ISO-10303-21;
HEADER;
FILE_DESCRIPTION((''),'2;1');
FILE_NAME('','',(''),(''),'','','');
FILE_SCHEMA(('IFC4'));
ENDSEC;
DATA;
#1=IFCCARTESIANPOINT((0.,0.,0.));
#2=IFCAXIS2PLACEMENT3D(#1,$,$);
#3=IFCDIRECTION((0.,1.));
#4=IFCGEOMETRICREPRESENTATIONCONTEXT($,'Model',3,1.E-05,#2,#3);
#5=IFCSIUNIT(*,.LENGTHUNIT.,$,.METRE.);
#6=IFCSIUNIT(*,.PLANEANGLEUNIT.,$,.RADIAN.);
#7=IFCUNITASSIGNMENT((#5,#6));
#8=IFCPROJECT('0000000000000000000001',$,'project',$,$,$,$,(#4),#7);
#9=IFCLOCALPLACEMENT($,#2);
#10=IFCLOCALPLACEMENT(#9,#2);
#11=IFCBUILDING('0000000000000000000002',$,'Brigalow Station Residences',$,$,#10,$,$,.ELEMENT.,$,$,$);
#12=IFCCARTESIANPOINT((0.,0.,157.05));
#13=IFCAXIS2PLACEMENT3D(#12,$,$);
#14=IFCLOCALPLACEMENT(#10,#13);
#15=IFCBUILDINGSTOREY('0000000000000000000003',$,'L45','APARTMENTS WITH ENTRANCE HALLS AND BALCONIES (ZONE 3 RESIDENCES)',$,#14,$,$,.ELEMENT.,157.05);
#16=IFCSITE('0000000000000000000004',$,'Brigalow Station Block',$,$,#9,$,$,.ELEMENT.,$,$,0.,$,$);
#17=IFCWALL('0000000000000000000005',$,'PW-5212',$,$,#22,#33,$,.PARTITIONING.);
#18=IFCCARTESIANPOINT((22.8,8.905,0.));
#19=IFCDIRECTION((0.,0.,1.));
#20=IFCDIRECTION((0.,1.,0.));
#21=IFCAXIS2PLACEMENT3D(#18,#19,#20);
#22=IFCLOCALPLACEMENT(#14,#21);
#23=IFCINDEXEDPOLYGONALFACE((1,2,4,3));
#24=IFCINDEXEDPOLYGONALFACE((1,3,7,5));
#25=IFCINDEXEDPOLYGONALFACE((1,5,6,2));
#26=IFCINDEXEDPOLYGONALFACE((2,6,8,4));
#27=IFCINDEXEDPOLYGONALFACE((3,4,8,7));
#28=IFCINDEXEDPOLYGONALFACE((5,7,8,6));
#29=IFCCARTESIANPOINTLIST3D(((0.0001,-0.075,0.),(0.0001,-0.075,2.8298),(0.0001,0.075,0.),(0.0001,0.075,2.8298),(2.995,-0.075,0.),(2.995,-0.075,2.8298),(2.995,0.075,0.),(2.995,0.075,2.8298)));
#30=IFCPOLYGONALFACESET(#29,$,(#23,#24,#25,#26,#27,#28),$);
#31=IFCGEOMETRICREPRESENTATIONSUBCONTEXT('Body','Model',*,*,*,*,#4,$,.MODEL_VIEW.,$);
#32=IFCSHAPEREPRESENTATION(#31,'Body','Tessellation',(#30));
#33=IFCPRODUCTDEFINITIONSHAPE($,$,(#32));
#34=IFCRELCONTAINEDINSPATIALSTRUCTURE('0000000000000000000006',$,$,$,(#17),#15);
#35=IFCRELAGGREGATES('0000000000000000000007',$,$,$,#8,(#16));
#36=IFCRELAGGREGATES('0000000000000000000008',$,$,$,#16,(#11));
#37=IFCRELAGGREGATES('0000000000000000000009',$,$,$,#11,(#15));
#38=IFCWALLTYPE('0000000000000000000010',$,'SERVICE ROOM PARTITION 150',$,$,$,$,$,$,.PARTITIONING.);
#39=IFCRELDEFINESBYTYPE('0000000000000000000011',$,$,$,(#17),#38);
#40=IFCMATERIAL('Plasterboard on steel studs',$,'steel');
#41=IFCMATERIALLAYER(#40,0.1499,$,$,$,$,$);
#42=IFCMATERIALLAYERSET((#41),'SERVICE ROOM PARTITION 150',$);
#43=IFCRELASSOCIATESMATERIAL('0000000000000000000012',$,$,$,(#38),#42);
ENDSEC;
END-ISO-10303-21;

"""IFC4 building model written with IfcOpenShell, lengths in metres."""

from ifc_helpers import new_model, si_unit, direction, frame, frame_2d, origin, place, context, subcontext, project, spatial, rectangle, extrude, material, layer, layer_set, type_object, element, save


model = new_model("IFC4")

# Units and contexts
model_context = context("Model", 3, precision=1e-05, world=origin(), true_north=direction((0.0, 1.0)))
body_context = subcontext(model_context, "Body", "Model", "MODEL_VIEW")
ifc_project = project(units=[si_unit("LENGTHUNIT", "METRE"), si_unit("PLANEANGLEUNIT", "RADIAN")], contexts=[model_context])

# Site, building, storey
site_placement = place(None, origin())
site = spatial("IfcSite", under=ifc_project, at=site_placement, Name="Brigalow Station Block", CompositionType="ELEMENT", RefElevation=0.0)
building_placement = place(site_placement, origin())
building = spatial("IfcBuilding", under=site, at=building_placement, Name="Brigalow Station Residences", CompositionType="ELEMENT")
storey_placement = place(building_placement, frame((0.0, 0.0, 157.05)))
storey = spatial("IfcBuildingStorey", under=building, at=storey_placement, Name="L45", Description="APARTMENTS WITH ENTRANCE HALLS AND BALCONIES (ZONE 3 RESIDENCES)", CompositionType="ELEMENT", Elevation=157.05)

# Shared definitions
ifc_material_1 = material(Name="Plasterboard on steel studs", Category="steel")
ifc_layer_1 = layer(ifc_material_1, 0.1499)
ifc_layer_set_1 = layer_set([ifc_layer_1], Name="SERVICE ROOM PARTITION 150")
wall_type_1 = type_object("IfcWallType", Name="SERVICE ROOM PARTITION 150", PredefinedType="PARTITIONING", material=ifc_layer_set_1)

# Wall
wall_1_placement = place(storey_placement, frame((22.8, 8.905, 0.0), z_axis=(0.0, 0.0, 1.0), x_axis=(0.0, 1.0, 0.0)))
element("IfcWall", 1, at=wall_1_placement, inside=storey, type_object=wall_type_1, Name="PW-5212", PredefinedType="PARTITIONING", context=body_context, shape_type="SweptSolid", body=[
    extrude(rectangle(XDim=2.9949, YDim=0.1499, at=frame_2d((1.4976, 0.0))), origin(), (0.0, 0.0, 1.0), 2.8298),
])

save(model, "model.ifc")
